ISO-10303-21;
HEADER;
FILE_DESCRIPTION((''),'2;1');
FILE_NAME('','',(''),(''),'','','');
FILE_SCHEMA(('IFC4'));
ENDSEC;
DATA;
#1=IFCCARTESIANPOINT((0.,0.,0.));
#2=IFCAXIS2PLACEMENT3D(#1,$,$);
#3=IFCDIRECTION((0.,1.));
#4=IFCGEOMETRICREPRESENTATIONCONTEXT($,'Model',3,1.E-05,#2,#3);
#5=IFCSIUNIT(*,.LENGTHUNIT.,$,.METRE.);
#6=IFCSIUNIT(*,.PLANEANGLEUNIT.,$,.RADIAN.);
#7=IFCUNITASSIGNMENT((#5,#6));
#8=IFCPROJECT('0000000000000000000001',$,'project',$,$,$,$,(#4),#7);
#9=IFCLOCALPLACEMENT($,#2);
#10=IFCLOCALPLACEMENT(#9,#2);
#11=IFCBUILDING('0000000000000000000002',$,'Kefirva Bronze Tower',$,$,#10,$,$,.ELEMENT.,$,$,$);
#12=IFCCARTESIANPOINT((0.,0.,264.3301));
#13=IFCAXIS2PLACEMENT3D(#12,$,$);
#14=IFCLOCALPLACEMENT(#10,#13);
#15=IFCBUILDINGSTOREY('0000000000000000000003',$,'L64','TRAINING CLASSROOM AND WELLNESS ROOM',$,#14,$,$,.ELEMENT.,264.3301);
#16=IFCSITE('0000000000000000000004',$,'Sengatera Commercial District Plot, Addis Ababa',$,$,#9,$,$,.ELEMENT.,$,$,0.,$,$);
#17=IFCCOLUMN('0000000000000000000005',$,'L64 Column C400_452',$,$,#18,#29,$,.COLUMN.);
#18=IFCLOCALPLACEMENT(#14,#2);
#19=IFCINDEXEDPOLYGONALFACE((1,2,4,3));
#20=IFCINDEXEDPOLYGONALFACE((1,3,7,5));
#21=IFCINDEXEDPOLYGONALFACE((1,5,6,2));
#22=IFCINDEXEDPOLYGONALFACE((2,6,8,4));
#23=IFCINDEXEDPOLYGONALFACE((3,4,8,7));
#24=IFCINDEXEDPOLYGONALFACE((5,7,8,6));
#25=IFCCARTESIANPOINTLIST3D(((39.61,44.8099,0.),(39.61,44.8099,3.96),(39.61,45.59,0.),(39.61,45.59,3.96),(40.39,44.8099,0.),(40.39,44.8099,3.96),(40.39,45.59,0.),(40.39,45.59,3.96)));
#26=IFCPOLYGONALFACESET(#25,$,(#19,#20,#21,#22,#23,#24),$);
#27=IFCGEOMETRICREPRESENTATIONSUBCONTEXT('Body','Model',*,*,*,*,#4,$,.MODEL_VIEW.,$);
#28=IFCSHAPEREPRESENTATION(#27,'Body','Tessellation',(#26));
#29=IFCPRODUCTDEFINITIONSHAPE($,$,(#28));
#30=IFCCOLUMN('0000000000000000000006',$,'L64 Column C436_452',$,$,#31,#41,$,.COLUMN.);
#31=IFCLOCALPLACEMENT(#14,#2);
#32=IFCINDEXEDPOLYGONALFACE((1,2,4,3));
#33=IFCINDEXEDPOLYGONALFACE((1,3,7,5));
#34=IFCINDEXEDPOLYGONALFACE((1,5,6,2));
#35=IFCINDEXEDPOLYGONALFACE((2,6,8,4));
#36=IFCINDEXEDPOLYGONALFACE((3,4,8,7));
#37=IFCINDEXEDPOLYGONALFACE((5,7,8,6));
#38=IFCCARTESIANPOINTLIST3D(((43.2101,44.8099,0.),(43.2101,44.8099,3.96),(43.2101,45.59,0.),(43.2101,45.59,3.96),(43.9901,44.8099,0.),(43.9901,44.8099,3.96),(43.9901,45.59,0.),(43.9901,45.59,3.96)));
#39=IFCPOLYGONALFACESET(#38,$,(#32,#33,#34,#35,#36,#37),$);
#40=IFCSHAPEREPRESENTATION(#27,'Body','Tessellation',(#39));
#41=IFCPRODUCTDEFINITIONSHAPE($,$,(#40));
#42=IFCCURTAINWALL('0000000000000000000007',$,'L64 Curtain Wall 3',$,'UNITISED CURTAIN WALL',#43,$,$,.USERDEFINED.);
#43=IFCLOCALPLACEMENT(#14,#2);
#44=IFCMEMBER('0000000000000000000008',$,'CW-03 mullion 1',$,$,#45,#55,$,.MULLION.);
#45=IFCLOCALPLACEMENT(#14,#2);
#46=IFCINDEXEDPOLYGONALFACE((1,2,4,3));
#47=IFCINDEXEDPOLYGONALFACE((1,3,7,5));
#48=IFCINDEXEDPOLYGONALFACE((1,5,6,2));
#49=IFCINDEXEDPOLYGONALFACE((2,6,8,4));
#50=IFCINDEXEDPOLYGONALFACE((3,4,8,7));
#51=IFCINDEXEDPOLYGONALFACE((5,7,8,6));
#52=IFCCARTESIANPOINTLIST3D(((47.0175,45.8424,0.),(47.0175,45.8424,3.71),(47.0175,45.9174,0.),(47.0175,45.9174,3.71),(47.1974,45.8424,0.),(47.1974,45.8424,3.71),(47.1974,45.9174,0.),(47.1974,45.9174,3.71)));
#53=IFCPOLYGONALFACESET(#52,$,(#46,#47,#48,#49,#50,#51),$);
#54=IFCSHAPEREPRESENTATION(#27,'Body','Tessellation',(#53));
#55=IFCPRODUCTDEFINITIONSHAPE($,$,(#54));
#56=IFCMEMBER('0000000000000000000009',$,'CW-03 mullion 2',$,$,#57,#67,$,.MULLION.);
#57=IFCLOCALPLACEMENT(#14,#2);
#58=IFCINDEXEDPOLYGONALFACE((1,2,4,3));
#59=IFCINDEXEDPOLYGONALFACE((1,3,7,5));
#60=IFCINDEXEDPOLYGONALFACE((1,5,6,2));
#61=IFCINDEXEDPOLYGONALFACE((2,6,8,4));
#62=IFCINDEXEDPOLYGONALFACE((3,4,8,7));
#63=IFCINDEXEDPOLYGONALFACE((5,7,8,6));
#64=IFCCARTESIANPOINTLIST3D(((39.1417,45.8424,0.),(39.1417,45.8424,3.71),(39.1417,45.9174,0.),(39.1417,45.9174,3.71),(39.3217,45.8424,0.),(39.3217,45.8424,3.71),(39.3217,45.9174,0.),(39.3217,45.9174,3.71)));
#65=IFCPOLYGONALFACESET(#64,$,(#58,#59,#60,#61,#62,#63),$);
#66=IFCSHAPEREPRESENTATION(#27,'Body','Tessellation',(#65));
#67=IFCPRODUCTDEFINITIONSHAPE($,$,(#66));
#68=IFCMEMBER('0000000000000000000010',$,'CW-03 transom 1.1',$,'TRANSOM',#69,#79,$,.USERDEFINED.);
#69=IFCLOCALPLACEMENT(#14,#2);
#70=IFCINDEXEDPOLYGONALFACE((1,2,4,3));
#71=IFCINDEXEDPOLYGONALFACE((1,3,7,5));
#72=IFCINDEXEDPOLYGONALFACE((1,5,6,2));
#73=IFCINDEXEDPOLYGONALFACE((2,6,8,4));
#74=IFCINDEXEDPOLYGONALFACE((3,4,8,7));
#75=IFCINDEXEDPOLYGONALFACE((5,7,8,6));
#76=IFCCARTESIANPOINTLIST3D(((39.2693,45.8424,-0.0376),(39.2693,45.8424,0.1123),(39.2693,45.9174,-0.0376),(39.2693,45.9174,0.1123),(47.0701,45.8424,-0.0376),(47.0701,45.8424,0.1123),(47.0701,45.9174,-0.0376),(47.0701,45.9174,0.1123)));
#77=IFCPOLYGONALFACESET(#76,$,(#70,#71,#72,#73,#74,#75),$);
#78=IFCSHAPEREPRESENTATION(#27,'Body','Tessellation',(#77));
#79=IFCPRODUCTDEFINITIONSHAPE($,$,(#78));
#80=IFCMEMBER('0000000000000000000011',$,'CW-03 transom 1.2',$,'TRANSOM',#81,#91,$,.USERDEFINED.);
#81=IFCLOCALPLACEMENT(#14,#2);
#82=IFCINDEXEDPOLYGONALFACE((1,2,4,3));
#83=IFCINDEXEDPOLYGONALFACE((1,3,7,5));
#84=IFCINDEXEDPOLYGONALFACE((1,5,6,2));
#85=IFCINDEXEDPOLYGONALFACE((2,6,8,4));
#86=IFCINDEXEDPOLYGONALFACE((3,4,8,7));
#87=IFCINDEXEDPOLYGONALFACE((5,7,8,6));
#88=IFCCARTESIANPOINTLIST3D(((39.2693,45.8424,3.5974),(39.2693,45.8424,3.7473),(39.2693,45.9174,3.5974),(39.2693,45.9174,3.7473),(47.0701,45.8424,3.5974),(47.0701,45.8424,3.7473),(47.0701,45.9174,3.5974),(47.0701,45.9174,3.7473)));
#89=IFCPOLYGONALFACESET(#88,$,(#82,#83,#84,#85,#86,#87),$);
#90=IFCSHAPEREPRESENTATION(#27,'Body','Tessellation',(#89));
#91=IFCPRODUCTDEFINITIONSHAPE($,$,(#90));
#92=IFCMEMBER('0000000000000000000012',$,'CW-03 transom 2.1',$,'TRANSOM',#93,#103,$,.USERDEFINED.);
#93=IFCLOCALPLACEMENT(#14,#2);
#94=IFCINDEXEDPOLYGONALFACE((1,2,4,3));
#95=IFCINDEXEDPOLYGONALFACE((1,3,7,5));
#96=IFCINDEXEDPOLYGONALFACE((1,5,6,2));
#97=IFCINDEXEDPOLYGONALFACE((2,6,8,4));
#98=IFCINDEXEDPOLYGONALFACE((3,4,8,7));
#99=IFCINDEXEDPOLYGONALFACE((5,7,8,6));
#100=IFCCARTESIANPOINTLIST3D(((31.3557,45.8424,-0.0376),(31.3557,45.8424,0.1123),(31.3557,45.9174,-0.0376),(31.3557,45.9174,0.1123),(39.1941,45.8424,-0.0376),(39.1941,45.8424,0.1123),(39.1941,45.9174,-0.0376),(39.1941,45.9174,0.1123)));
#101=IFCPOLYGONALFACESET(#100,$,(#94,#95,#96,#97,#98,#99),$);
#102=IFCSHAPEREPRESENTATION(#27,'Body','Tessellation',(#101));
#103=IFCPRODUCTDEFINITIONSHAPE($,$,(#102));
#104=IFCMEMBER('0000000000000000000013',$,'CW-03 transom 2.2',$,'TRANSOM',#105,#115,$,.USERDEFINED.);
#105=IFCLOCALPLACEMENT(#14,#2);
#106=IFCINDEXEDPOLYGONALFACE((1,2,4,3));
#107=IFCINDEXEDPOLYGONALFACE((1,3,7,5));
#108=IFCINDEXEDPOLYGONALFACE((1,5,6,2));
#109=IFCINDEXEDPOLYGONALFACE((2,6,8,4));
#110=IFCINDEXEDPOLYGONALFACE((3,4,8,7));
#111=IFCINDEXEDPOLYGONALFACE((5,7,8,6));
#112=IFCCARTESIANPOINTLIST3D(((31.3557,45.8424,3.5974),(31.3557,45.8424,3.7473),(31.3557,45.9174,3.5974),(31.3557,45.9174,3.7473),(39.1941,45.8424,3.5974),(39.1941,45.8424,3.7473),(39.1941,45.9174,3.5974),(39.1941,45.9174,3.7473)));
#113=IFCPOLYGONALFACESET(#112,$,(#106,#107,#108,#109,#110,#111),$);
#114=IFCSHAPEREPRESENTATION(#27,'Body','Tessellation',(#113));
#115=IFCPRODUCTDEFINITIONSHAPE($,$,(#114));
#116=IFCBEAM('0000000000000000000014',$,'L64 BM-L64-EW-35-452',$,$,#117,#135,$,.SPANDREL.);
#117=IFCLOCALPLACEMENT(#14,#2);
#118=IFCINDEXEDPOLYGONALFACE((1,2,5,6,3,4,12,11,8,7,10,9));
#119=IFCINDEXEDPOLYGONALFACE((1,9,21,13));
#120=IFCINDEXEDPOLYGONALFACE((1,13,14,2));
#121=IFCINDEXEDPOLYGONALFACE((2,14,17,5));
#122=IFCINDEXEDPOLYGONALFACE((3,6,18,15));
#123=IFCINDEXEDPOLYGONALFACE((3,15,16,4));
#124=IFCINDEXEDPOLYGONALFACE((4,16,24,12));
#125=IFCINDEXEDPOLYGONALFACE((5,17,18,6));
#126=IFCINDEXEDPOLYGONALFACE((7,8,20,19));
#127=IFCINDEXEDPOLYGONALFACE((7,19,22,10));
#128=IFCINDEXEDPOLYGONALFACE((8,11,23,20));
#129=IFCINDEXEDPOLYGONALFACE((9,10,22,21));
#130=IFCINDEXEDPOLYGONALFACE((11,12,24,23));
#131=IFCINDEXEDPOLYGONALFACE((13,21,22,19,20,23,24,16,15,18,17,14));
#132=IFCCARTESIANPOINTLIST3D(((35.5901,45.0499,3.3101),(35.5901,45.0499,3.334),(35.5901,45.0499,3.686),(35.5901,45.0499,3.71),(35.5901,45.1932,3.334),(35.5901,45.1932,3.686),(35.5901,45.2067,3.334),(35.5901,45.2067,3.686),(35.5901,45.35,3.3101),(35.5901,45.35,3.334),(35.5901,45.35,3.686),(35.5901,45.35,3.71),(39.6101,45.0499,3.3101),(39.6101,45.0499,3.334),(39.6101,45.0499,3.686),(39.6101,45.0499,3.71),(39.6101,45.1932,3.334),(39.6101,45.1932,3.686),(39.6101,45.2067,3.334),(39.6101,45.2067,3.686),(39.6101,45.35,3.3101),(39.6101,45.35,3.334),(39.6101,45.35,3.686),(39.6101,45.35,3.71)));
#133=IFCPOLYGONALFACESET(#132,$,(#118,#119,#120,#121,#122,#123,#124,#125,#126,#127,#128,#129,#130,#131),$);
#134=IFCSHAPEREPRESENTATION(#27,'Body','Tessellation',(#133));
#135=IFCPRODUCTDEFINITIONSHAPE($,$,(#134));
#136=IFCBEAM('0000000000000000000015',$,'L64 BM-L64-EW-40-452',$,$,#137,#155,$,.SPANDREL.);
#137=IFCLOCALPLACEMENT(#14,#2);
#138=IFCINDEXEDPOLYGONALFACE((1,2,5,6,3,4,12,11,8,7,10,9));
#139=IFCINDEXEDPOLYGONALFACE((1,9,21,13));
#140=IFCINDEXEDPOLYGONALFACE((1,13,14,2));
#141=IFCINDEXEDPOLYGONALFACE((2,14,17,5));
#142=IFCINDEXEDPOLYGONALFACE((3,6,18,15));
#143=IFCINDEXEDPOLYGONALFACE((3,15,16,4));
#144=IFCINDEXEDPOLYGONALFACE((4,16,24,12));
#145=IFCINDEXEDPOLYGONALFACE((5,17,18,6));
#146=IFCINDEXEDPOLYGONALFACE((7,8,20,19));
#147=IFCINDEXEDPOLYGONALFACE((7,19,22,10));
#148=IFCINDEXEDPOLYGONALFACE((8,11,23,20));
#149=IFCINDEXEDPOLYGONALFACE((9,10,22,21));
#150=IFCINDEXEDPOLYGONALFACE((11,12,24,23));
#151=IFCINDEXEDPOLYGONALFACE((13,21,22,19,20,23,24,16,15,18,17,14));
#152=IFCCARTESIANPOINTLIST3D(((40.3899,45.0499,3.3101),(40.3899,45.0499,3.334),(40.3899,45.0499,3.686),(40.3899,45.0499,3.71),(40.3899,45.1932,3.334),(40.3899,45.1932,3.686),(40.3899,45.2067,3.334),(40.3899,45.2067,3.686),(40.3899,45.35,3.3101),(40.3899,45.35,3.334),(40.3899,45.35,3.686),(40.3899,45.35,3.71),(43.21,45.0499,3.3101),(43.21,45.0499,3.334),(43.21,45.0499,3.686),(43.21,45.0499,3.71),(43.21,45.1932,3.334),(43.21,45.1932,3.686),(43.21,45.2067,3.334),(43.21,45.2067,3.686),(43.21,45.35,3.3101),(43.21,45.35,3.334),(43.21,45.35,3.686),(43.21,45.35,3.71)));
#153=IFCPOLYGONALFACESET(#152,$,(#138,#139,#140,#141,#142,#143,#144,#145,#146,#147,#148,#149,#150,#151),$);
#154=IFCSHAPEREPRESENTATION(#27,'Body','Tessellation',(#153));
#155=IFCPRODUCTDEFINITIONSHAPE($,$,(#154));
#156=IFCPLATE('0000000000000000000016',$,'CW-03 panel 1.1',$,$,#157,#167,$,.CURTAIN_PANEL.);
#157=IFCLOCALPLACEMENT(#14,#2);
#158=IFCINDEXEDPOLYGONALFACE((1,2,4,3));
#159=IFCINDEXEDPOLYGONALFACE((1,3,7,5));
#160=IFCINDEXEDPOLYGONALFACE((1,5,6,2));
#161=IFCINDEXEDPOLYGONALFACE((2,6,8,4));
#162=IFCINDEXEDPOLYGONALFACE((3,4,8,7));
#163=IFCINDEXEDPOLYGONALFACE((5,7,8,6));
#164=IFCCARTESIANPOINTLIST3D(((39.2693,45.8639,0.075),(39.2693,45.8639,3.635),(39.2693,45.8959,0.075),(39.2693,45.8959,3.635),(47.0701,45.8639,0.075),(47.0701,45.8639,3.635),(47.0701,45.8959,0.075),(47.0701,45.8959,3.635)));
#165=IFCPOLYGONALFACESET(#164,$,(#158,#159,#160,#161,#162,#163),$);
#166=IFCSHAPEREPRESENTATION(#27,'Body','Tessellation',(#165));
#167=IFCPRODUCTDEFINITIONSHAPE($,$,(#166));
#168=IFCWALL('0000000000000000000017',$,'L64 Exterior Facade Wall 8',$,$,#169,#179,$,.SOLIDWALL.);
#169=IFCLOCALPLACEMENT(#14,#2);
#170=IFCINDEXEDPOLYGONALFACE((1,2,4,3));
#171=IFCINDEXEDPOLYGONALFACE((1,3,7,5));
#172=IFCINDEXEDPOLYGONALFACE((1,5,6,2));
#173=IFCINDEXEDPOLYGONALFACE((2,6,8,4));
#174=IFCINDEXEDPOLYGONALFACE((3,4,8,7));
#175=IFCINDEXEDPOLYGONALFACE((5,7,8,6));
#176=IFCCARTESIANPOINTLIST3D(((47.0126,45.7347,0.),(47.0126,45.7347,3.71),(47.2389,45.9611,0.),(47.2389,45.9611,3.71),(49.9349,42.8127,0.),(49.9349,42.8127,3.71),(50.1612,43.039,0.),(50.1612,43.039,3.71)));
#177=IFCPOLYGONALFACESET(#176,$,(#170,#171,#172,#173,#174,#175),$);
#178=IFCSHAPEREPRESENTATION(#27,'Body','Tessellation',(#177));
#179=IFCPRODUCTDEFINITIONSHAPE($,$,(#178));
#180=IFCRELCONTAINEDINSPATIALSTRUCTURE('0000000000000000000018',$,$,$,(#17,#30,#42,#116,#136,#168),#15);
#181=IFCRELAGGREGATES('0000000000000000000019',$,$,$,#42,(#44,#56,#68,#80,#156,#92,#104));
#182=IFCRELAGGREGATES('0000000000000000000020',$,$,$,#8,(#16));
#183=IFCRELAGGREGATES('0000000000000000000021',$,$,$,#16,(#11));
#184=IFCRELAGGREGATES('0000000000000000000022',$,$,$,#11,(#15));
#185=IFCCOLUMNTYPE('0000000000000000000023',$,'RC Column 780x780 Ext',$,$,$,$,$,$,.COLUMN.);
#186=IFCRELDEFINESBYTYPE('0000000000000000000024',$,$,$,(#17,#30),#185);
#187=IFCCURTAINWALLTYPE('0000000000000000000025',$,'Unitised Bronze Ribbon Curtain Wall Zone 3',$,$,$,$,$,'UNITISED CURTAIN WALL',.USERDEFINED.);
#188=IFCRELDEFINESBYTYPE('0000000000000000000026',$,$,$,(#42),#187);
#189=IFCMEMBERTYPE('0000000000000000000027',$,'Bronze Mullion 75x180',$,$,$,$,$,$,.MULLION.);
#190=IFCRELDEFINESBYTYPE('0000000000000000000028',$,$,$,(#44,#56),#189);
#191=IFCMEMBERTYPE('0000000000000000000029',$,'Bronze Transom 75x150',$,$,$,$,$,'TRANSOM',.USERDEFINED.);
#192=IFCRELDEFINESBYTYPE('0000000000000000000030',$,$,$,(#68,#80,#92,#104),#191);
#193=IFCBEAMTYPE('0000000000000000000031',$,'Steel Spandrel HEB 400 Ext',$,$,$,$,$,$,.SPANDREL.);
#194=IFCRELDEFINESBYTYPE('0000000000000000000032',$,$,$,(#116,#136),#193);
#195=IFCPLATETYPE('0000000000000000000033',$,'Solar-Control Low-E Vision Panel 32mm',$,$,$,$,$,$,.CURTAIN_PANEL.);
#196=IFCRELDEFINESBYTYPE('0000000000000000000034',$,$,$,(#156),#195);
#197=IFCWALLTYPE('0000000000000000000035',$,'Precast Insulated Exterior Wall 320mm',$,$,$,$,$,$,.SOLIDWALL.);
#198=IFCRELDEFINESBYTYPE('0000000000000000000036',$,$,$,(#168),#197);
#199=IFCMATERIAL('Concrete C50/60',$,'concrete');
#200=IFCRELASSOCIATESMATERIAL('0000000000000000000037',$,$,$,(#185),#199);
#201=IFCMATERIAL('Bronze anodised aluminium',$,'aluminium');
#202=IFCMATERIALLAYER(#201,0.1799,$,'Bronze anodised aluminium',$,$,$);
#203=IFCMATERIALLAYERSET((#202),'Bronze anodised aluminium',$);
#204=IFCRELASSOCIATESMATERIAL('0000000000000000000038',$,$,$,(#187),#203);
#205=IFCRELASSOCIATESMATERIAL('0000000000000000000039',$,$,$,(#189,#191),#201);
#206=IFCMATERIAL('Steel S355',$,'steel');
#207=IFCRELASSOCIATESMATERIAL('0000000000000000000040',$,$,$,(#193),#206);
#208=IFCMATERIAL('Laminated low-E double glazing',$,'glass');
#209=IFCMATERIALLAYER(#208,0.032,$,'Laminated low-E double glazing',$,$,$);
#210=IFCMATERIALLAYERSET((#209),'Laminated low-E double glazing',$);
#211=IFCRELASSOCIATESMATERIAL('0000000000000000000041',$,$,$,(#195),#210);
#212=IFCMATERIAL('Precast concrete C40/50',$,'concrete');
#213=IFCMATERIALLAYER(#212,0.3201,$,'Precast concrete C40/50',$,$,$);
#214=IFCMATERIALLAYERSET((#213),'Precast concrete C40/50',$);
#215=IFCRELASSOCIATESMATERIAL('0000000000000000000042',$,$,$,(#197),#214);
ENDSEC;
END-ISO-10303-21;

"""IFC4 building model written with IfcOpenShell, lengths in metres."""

from ifc_helpers import new_model, si_unit, direction, frame, frame_2d, origin, origin_2d, place, context, subcontext, project, spatial, rectangle, i_section, extrude, material, layer, layer_set, material_profile, profile_set, type_object, element, aggregate, save


model = new_model("IFC4")

# Units and contexts
model_context = context("Model", 3, precision=1e-05, world=origin(), true_north=direction((0.0, 1.0)))
body_context = subcontext(model_context, "Body", "Model", "MODEL_VIEW")
ifc_project = project(units=[si_unit("LENGTHUNIT", "METRE"), si_unit("PLANEANGLEUNIT", "RADIAN")], contexts=[model_context])

# Site, building, storey
site_placement = place(None, origin())
site = spatial("IfcSite", under=ifc_project, at=site_placement, Name="Sengatera Commercial District Plot, Addis Ababa", CompositionType="ELEMENT", RefElevation=0.0)
building_placement = place(site_placement, origin())
building = spatial("IfcBuilding", under=site, at=building_placement, Name="Kefirva Bronze Tower", CompositionType="ELEMENT")
storey_placement = place(building_placement, frame((0.0, 0.0, 264.3301)))
storey = spatial("IfcBuildingStorey", under=building, at=storey_placement, Name="L64", Description="TRAINING CLASSROOM AND WELLNESS ROOM", CompositionType="ELEMENT", Elevation=264.3301)

# Columns
ifc_material_1 = material(Name="Concrete C50/60", Category="concrete")
ifc_material_profile_1 = material_profile(ifc_material_1, rectangle(XDim=0.78, YDim=0.78, at=origin_2d()), Name="RC 780x780")
ifc_profile_set_1 = profile_set([ifc_material_profile_1], Name="Concrete C50/60")
column_type = type_object("IfcColumnType", Name="RC Column 780x780 Ext", PredefinedType="COLUMN", material=ifc_profile_set_1)
for number, where, z_axis, x_axis, name in (
    (1, (40.0, 45.2, 0.0), (0.0, 0.0, 1.0), (1.0, 0.0, 0.0), "L64 Column C400_452"),
    (2, (43.6001, 45.2, 0.0), (0.0, 0.0, 1.0), (1.0, 0.0, 0.0), "L64 Column C436_452"),
):
    element("IfcColumn", number, at=place(storey_placement, frame(where, z_axis=z_axis, x_axis=x_axis)), inside=storey, type_object=column_type, Name=name, PredefinedType="COLUMN", context=body_context, shape_type="SweptSolid", body=[
        extrude(rectangle(XDim=0.78, YDim=0.78, at=origin_2d()), origin(), (0.0, 0.0, 1.0), 3.96),
    ])

# Curtain wall, members
ifc_material_2 = material(Name="Bronze anodised aluminium", Category="aluminium")
ifc_layer_1 = layer(ifc_material_2, 0.1799, Name="Bronze anodised aluminium")
ifc_layer_set_1 = layer_set([ifc_layer_1], Name="Bronze anodised aluminium")
curtain_wall_type = type_object("IfcCurtainWallType", Name="Unitised Bronze Ribbon Curtain Wall Zone 3", ElementType="UNITISED CURTAIN WALL", PredefinedType="USERDEFINED", material=ifc_layer_set_1)
curtain_wall_placement = place(storey_placement, origin())
curtain_wall = element("IfcCurtainWall", 3, at=curtain_wall_placement, inside=storey, type_object=curtain_wall_type, Name="L64 Curtain Wall 3", ObjectType="UNITISED CURTAIN WALL", PredefinedType="USERDEFINED")
ifc_material_profile_2 = material_profile(ifc_material_2, rectangle(XDim=0.075, YDim=0.1799, at=origin_2d()), Name="ALU 75x180")
ifc_profile_set_2 = profile_set([ifc_material_profile_2], Name="Bronze anodised aluminium")
member_type_1 = type_object("IfcMemberType", Name="Bronze Mullion 75x180", PredefinedType="MULLION", material=ifc_profile_set_2)
member_1_placement = place(storey_placement, frame((47.1074, 45.8799, 0.0), z_axis=(0.0, 0.0, 1.0), x_axis=(0.0, -1.0, 0.0)))
member_1 = element("IfcMember", 4, at=member_1_placement, type_object=member_type_1, Name="CW-03 mullion 1", PredefinedType="MULLION", context=body_context, shape_type="SweptSolid", body=[
    extrude(rectangle(XDim=0.075, YDim=0.1799, at=origin_2d()), origin(), (0.0, 0.0, 1.0), 3.71),
])
member_2_placement = place(storey_placement, frame((39.2317, 45.8799, 0.0), z_axis=(0.0, 0.0, 1.0), x_axis=(0.0, -1.0, 0.0)))
member_2 = element("IfcMember", 5, at=member_2_placement, type_object=member_type_1, Name="CW-03 mullion 2", PredefinedType="MULLION", context=body_context, shape_type="SweptSolid", body=[
    extrude(rectangle(XDim=0.075, YDim=0.1799, at=origin_2d()), origin(), (0.0, 0.0, 1.0), 3.71),
])
ifc_material_profile_3 = material_profile(ifc_material_2, rectangle(XDim=0.075, YDim=0.1499, at=origin_2d()), Name="ALU 75x150")
ifc_profile_set_3 = profile_set([ifc_material_profile_3], Name="Bronze anodised aluminium")
member_type_2 = type_object("IfcMemberType", Name="Bronze Transom 75x150", ElementType="TRANSOM", PredefinedType="USERDEFINED", material=ifc_profile_set_3)
member_3_placement = place(storey_placement, frame((47.0701, 45.8799, 0.0374), z_axis=(-1.0, 0.0, 0.0), x_axis=(0.0, -1.0, 0.0)))
member_3 = element("IfcMember", 6, at=member_3_placement, type_object=member_type_2, Name="CW-03 transom 1.1", ObjectType="TRANSOM", PredefinedType="USERDEFINED", context=body_context, shape_type="SweptSolid", body=[
    extrude(rectangle(XDim=0.075, YDim=0.1499, at=origin_2d()), origin(), (0.0, 0.0, 1.0), 7.8008),
])
member_4_placement = place(storey_placement, frame((47.0701, 45.8799, 3.6724), z_axis=(-1.0, 0.0, 0.0), x_axis=(0.0, -1.0, 0.0)))
member_4 = element("IfcMember", 7, at=member_4_placement, type_object=member_type_2, Name="CW-03 transom 1.2", ObjectType="TRANSOM", PredefinedType="USERDEFINED", context=body_context, shape_type="SweptSolid", body=[
    extrude(rectangle(XDim=0.075, YDim=0.1499, at=origin_2d()), origin(), (0.0, 0.0, 1.0), 7.8008),
])
member_5_placement = place(storey_placement, frame((39.1941, 45.8799, 0.0374), z_axis=(-1.0, 0.0, 0.0), x_axis=(0.0, -1.0, 0.0)))
member_5 = element("IfcMember", 8, at=member_5_placement, type_object=member_type_2, Name="CW-03 transom 2.1", ObjectType="TRANSOM", PredefinedType="USERDEFINED", context=body_context, shape_type="SweptSolid", body=[
    extrude(rectangle(XDim=0.075, YDim=0.1499, at=origin_2d()), origin(), (0.0, 0.0, 1.0), 7.8384),
])
member_6_placement = place(storey_placement, frame((39.1941, 45.8799, 3.6724), z_axis=(-1.0, 0.0, 0.0), x_axis=(0.0, -1.0, 0.0)))
member_6 = element("IfcMember", 9, at=member_6_placement, type_object=member_type_2, Name="CW-03 transom 2.2", ObjectType="TRANSOM", PredefinedType="USERDEFINED", context=body_context, shape_type="SweptSolid", body=[
    extrude(rectangle(XDim=0.075, YDim=0.1499, at=origin_2d()), origin(), (0.0, 0.0, 1.0), 7.8384),
])

# Beams
ifc_material_3 = material(Name="Steel S355", Category="steel")
ifc_material_profile_4 = material_profile(ifc_material_3, i_section(OverallWidth=0.3, OverallDepth=0.3999, WebThickness=0.0134, FlangeThickness=0.0239, at=origin_2d()), Name="HEB 400")
ifc_profile_set_4 = profile_set([ifc_material_profile_4], Name="Steel S355")
beam_type = type_object("IfcBeamType", Name="Steel Spandrel HEB 400 Ext", PredefinedType="SPANDREL", material=ifc_profile_set_4)
beam_1_placement = place(storey_placement, frame((35.5901, 45.2, 3.51), z_axis=(1.0, 0.0, 0.0), x_axis=(0.0, 1.0, 0.0)))
element("IfcBeam", 10, at=beam_1_placement, inside=storey, type_object=beam_type, Name="L64 BM-L64-EW-35-452", PredefinedType="SPANDREL", context=body_context, shape_type="SweptSolid", body=[
    extrude(i_section(OverallWidth=0.3, OverallDepth=0.3999, WebThickness=0.0134, FlangeThickness=0.0239, at=origin_2d()), origin(), (0.0, 0.0, 1.0), 4.02),
])
beam_2_placement = place(storey_placement, frame((40.3899, 45.2, 3.51), z_axis=(1.0, 0.0, 0.0), x_axis=(0.0, 1.0, 0.0)))
element("IfcBeam", 11, at=beam_2_placement, inside=storey, type_object=beam_type, Name="L64 BM-L64-EW-40-452", PredefinedType="SPANDREL", context=body_context, shape_type="SweptSolid", body=[
    extrude(i_section(OverallWidth=0.3, OverallDepth=0.3999, WebThickness=0.0134, FlangeThickness=0.0239, at=origin_2d()), origin(), (0.0, 0.0, 1.0), 2.8201),
])

# Plate
ifc_material_4 = material(Name="Laminated low-E double glazing", Category="glass")
ifc_layer_2 = layer(ifc_material_4, 0.032, Name="Laminated low-E double glazing")
ifc_layer_set_2 = layer_set([ifc_layer_2], Name="Laminated low-E double glazing")
plate_type = type_object("IfcPlateType", Name="Solar-Control Low-E Vision Panel 32mm", PredefinedType="CURTAIN_PANEL", material=ifc_layer_set_2)
plate_placement = place(storey_placement, frame((43.1697, 45.8799, 0.075), z_axis=(0.0, 0.0, 1.0), x_axis=(-1.0, 0.0, 0.0)))
plate = element("IfcPlate", 12, at=plate_placement, type_object=plate_type, Name="CW-03 panel 1.1", PredefinedType="CURTAIN_PANEL", context=body_context, shape_type="SweptSolid", body=[
    extrude(rectangle(XDim=7.8008, YDim=0.032, at=origin_2d()), origin(), (0.0, 0.0, 1.0), 3.5601),
])
aggregate(curtain_wall, [member_1, member_2, member_3, member_4, plate, member_5, member_6])

# Wall
ifc_material_5 = material(Name="Precast concrete C40/50", Category="concrete")
ifc_layer_3 = layer(ifc_material_5, 0.3201, Name="Precast concrete C40/50")
ifc_layer_set_3 = layer_set([ifc_layer_3], Name="Precast concrete C40/50")
wall_type = type_object("IfcWallType", Name="Precast Insulated Exterior Wall 320mm", PredefinedType="SOLIDWALL", material=ifc_layer_set_3)
wall_placement = place(storey_placement, frame((50.0481, 42.9258, 0.0), z_axis=(0.0, 0.0, 1.0), x_axis=(-0.707136, 0.707077, 0.0)))
element("IfcWall", 13, at=wall_placement, inside=storey, type_object=wall_type, Name="L64 Exterior Facade Wall 8", PredefinedType="SOLIDWALL", context=body_context, shape_type="SweptSolid", body=[
    extrude(rectangle(XDim=4.1326, YDim=0.3201, at=frame_2d((2.0664, 0.0))), origin(), (0.0, 0.0, 1.0), 3.71),
])

save(model, "model.ifc")
